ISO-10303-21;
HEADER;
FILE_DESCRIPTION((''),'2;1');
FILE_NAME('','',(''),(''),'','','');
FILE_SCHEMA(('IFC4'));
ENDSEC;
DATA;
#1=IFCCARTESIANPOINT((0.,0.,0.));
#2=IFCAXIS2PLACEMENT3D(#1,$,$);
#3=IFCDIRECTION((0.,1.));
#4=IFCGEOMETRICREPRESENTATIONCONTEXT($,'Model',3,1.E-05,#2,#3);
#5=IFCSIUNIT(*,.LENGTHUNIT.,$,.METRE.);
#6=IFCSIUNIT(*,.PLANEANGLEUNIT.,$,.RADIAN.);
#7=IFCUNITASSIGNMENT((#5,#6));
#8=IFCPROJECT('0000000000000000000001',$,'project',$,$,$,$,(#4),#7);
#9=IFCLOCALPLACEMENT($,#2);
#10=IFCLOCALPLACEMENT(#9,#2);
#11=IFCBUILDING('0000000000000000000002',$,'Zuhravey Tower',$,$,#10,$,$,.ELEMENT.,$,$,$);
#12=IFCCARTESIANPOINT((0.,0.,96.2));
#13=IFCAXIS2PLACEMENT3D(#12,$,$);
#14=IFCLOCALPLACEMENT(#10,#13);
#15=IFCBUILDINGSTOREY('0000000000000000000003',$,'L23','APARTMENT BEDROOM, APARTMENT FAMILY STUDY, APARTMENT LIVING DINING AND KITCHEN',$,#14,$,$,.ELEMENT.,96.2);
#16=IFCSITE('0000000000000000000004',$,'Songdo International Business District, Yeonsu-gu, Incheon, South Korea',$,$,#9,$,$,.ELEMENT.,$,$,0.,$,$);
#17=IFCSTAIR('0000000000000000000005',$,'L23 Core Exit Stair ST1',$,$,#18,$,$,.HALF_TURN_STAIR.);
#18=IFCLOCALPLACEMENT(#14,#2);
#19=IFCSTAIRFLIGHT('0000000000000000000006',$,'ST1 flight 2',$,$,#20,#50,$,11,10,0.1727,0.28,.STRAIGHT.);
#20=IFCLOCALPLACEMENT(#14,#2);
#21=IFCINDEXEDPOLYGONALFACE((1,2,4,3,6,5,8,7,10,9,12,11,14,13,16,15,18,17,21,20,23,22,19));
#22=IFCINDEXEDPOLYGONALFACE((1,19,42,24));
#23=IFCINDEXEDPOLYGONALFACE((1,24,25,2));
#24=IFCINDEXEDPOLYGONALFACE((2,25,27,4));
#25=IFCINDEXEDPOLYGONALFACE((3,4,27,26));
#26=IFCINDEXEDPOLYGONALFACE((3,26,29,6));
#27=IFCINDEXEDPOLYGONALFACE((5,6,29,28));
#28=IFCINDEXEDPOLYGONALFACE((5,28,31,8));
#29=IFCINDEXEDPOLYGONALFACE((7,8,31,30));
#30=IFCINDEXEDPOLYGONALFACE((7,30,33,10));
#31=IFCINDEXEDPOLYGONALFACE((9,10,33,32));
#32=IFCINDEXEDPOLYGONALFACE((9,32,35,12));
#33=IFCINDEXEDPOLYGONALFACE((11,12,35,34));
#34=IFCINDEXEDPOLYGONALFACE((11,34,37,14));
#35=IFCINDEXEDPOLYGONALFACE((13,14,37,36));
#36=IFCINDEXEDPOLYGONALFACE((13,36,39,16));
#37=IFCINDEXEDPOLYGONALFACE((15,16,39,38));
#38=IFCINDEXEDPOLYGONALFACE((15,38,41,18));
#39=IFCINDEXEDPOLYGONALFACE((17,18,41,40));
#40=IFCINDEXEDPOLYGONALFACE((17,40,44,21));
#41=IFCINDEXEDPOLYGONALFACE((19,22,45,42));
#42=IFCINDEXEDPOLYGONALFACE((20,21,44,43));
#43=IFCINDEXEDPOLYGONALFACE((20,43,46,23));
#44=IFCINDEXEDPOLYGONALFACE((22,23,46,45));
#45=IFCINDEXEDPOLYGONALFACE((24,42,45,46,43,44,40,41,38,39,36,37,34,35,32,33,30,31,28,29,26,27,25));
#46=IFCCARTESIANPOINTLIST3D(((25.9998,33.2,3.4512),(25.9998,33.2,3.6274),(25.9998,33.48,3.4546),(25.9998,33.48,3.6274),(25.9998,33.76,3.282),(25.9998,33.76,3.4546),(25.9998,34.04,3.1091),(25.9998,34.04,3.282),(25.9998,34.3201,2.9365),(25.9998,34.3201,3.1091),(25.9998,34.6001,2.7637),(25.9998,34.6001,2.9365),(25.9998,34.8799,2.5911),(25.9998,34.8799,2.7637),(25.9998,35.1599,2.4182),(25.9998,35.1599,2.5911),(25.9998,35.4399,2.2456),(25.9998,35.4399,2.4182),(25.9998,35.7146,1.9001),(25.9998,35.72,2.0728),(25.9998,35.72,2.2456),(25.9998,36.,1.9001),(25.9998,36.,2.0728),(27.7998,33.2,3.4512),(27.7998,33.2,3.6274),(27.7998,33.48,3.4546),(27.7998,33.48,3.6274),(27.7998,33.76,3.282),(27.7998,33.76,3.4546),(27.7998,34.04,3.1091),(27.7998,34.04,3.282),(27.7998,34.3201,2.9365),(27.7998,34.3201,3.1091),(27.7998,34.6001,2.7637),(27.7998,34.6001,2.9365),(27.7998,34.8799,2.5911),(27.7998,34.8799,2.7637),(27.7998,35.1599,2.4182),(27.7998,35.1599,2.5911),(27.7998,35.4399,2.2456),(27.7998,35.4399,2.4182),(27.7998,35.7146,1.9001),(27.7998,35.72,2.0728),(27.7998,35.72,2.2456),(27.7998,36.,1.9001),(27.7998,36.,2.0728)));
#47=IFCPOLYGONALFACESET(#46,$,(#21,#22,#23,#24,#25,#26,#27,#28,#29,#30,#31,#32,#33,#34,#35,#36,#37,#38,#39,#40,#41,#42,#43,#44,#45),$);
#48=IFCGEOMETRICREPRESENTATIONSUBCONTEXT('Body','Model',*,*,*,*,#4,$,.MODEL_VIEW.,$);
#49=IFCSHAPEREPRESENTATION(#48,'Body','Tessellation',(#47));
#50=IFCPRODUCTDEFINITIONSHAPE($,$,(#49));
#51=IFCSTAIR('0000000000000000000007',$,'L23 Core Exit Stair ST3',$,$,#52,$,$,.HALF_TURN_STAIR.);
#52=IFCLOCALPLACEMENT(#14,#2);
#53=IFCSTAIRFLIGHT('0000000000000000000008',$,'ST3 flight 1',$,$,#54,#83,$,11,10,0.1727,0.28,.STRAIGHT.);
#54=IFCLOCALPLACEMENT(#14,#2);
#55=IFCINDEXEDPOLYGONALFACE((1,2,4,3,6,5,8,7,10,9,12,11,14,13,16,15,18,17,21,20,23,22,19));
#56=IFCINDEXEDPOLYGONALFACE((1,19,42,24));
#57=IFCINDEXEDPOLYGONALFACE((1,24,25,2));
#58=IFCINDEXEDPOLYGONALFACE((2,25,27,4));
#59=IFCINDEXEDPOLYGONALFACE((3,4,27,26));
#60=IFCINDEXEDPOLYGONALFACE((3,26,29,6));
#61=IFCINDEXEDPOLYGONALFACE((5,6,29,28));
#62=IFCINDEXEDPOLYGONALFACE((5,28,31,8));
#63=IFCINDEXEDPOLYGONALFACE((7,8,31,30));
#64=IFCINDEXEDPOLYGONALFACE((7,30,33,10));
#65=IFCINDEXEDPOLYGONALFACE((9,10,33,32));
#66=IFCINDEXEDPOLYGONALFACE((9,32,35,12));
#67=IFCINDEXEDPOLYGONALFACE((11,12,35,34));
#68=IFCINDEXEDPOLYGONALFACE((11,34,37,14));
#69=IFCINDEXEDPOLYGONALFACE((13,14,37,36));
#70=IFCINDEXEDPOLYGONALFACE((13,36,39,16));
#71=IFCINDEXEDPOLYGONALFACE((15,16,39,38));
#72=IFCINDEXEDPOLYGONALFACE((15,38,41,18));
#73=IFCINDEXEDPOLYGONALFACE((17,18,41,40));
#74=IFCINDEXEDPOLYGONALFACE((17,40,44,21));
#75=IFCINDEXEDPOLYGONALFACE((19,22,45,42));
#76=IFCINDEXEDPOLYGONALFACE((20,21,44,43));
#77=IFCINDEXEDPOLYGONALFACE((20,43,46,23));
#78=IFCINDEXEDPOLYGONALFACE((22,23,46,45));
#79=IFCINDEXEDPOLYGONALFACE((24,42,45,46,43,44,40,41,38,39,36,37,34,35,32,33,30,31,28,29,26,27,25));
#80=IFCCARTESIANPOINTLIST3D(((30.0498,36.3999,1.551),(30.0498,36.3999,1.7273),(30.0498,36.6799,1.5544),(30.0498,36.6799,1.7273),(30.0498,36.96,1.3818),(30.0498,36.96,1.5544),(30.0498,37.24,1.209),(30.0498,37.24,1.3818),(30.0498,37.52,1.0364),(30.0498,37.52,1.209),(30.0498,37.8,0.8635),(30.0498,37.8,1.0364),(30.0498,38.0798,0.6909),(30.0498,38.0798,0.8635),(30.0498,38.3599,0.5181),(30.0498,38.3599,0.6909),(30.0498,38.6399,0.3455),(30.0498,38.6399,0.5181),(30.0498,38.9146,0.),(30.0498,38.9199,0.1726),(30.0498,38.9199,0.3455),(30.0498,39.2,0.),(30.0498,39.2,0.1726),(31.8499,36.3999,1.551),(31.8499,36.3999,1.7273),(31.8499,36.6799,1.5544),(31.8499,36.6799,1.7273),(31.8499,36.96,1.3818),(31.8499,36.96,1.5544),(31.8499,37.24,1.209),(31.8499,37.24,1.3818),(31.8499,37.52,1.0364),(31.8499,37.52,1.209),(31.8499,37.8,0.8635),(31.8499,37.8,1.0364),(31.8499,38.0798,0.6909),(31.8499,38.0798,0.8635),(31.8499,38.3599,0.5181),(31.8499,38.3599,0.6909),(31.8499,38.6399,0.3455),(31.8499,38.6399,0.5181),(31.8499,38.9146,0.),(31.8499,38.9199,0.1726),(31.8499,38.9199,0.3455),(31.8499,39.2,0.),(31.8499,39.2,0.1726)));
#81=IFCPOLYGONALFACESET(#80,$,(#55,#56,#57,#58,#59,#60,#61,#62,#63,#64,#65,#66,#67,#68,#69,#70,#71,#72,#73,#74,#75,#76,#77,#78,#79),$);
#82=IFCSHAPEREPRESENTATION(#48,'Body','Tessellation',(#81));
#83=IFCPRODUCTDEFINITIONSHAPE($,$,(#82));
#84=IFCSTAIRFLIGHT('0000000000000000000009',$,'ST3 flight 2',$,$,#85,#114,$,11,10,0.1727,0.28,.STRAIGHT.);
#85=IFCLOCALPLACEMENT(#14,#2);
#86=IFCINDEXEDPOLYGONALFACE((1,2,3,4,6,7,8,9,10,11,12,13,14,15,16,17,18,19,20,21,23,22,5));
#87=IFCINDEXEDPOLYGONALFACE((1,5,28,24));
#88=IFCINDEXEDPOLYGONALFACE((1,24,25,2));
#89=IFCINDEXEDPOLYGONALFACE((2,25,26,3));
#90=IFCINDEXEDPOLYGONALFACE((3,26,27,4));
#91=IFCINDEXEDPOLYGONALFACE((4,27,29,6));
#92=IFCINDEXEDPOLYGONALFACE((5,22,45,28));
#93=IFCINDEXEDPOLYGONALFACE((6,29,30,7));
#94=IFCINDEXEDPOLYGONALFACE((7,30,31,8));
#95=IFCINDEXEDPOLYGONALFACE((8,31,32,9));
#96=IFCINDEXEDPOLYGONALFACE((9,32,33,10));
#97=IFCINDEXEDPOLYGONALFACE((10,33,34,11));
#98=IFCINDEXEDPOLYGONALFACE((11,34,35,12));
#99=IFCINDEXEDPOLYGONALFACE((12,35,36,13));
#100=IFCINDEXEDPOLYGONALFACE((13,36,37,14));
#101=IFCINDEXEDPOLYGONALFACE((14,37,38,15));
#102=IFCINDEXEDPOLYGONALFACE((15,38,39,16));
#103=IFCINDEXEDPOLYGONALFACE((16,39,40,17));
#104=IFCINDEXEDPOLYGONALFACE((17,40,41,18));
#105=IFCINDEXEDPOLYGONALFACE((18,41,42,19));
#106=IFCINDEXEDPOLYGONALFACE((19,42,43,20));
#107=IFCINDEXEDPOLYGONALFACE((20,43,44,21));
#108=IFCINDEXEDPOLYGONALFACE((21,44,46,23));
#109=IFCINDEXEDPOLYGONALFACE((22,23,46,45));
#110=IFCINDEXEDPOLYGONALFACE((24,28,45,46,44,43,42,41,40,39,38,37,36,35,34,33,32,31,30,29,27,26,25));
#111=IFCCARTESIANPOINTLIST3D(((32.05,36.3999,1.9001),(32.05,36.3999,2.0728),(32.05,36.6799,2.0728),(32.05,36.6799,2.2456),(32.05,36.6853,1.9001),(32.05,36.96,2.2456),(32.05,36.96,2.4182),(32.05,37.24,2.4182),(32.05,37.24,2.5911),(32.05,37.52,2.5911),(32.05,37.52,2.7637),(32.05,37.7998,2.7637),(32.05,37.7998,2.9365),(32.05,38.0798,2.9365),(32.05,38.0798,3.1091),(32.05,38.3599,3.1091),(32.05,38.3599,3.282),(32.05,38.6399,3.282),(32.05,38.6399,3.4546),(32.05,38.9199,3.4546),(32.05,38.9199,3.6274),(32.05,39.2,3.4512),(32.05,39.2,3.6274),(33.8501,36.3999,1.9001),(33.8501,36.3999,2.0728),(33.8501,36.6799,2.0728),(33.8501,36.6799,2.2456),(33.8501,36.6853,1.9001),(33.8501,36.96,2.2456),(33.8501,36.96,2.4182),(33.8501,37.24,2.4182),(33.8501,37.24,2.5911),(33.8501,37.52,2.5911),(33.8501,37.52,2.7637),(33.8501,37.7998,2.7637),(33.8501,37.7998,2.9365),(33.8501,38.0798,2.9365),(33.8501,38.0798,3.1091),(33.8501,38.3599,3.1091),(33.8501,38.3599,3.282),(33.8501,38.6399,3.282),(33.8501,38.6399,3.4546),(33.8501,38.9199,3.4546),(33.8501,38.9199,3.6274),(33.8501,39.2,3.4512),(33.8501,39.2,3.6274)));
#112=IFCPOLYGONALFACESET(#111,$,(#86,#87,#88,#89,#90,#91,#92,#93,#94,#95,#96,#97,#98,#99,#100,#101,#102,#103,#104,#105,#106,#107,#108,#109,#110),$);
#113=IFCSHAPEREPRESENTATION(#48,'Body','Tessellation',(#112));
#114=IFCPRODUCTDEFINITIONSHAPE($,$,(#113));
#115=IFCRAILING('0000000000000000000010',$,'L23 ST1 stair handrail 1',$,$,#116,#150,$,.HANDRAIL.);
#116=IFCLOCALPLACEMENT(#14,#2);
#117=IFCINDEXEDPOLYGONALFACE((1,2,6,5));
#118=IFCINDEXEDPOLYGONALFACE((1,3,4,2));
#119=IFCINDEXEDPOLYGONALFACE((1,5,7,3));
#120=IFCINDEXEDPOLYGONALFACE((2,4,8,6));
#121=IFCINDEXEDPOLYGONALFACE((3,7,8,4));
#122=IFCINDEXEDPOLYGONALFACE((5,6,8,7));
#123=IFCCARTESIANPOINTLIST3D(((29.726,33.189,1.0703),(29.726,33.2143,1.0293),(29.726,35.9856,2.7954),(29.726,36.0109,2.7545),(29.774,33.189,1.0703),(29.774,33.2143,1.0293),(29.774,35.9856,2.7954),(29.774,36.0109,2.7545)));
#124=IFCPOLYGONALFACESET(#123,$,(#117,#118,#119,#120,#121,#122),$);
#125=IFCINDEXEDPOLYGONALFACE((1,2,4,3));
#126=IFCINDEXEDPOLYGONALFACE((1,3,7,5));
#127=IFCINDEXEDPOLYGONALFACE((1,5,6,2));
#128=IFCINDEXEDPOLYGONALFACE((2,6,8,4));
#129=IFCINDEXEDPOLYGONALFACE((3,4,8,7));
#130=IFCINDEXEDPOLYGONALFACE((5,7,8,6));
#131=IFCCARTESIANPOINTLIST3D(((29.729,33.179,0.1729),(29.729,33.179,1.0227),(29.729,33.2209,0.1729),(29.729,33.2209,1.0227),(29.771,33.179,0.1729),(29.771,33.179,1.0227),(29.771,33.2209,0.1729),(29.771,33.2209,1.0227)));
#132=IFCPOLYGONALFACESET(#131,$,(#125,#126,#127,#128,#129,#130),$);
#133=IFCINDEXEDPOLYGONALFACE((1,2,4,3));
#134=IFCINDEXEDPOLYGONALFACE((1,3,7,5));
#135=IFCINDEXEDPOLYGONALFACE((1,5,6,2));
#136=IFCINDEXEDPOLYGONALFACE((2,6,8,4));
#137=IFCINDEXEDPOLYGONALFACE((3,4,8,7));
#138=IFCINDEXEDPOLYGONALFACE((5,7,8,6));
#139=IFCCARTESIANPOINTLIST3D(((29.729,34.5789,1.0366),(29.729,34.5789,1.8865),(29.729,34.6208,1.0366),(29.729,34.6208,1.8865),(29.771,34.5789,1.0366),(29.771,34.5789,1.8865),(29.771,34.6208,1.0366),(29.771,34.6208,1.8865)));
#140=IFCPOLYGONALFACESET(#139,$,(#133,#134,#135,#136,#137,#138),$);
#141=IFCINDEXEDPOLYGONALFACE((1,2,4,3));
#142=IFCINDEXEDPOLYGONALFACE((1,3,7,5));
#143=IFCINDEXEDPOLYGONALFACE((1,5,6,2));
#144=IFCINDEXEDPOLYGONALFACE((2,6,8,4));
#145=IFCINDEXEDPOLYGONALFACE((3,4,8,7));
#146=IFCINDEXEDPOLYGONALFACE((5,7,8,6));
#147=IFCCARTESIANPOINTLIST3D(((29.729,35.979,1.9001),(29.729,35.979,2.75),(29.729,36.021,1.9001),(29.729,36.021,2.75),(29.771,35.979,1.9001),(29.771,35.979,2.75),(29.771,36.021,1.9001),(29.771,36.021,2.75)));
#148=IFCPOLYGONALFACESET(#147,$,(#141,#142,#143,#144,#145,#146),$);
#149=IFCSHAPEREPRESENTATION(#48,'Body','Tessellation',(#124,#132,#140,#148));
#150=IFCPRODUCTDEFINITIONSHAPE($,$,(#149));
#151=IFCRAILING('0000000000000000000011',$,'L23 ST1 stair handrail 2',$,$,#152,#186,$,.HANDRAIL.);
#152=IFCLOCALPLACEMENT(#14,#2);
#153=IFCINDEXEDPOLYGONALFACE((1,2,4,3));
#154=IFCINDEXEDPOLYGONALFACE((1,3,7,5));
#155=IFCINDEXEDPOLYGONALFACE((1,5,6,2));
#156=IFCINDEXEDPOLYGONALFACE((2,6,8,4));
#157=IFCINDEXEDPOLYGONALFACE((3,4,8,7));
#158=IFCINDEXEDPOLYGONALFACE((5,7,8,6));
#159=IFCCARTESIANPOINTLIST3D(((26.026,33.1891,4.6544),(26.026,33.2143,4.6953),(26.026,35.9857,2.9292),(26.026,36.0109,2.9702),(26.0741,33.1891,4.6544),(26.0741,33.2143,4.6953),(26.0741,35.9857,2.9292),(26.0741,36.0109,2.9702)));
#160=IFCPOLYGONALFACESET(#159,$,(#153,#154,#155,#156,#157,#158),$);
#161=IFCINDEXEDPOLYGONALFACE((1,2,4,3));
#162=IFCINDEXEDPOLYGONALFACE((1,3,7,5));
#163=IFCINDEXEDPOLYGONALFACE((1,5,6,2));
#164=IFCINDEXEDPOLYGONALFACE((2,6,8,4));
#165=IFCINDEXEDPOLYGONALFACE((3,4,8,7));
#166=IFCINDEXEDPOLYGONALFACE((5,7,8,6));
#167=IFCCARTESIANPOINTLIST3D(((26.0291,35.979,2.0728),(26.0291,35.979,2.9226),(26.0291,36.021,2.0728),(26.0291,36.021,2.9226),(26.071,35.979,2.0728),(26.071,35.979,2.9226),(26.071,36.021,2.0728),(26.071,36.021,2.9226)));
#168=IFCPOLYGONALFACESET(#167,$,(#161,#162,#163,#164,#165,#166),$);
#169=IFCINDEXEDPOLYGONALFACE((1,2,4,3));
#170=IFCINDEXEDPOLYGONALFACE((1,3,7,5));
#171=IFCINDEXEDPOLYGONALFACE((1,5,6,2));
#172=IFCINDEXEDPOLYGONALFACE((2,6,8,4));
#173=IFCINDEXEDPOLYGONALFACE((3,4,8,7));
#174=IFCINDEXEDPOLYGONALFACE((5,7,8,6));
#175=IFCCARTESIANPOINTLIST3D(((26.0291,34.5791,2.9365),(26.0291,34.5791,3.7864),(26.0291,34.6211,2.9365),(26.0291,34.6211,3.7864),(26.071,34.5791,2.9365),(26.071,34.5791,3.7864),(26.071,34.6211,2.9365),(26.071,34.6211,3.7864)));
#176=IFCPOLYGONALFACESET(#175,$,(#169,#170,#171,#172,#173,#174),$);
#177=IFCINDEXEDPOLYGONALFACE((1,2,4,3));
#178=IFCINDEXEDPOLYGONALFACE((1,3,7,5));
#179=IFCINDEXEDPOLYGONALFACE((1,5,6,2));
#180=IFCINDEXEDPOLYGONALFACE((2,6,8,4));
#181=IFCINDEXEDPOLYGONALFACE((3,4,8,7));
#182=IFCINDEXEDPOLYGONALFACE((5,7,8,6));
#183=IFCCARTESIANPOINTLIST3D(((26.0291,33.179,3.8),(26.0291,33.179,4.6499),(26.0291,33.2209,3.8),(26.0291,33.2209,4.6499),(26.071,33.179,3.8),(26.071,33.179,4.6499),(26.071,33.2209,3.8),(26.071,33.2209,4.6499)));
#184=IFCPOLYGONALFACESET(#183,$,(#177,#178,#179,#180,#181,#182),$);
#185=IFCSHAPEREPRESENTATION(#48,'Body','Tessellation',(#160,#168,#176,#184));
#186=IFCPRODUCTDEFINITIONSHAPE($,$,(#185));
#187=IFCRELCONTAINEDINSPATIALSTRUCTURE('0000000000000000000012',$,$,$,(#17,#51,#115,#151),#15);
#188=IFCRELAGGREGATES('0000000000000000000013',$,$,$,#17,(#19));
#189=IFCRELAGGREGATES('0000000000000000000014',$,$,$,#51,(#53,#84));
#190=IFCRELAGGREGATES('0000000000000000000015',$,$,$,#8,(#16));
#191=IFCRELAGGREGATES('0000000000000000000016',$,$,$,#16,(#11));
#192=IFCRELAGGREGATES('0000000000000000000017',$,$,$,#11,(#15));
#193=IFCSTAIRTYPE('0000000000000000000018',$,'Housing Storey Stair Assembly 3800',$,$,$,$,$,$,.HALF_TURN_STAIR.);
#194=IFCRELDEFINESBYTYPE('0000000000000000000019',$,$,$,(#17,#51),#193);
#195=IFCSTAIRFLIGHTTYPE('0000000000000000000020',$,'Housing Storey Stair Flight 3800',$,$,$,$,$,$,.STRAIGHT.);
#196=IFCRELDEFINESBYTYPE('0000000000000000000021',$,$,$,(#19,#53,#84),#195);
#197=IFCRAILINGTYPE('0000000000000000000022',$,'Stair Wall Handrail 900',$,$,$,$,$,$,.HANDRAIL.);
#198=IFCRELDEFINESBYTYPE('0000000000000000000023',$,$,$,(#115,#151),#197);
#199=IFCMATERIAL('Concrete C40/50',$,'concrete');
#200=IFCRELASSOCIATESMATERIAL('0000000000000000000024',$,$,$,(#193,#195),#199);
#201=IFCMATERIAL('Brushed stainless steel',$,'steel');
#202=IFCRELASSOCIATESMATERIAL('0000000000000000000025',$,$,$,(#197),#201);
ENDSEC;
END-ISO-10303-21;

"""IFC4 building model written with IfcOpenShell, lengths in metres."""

from ifc_helpers import new_model, si_unit, direction, frame, origin, origin_2d, place, context, subcontext, project, spatial, polyline, rectangle, outline, extrude, material, type_object, element, aggregate, save


model = new_model("IFC4")

# Units and contexts
model_context = context("Model", 3, precision=1e-05, world=origin(), true_north=direction((0.0, 1.0)))
body_context = subcontext(model_context, "Body", "Model", "MODEL_VIEW")
ifc_project = project(units=[si_unit("LENGTHUNIT", "METRE"), si_unit("PLANEANGLEUNIT", "RADIAN")], contexts=[model_context])

# Site, building, storey
site_placement = place(None, origin())
site = spatial("IfcSite", under=ifc_project, at=site_placement, Name="Songdo International Business District, Yeonsu-gu, Incheon, South Korea", CompositionType="ELEMENT", RefElevation=0.0)
building_placement = place(site_placement, origin())
building = spatial("IfcBuilding", under=site, at=building_placement, Name="Zuhravey Tower", CompositionType="ELEMENT")
storey_placement = place(building_placement, frame((0.0, 0.0, 96.2)))
storey = spatial("IfcBuildingStorey", under=building, at=storey_placement, Name="L23", Description="APARTMENT BEDROOM, APARTMENT FAMILY STUDY, APARTMENT LIVING DINING AND KITCHEN", CompositionType="ELEMENT", Elevation=96.2)

# Stairs, stair flights
ifc_material_1 = material(Name="Concrete C40/50", Category="concrete")
stair_type = type_object("IfcStairType", Name="Housing Storey Stair Assembly 3800", PredefinedType="HALF_TURN_STAIR", material=ifc_material_1)
stair_1_placement = place(storey_placement, origin())
stair_1 = element("IfcStair", 1, at=stair_1_placement, inside=storey, type_object=stair_type, Name="L23 Core Exit Stair ST1", PredefinedType="HALF_TURN_STAIR")
stair_flight_type = type_object("IfcStairFlightType", Name="Housing Storey Stair Flight 3800", PredefinedType="STRAIGHT", material=ifc_material_1)
stair_flight_1_placement = place(storey_placement, frame((26.8999, 36.0, 1.9001), z_axis=(0.0, 0.0, 1.0), x_axis=(0.0, -1.0, 0.0)))
stair_flight_1 = element("IfcStairFlight", 2, at=stair_flight_1_placement, type_object=stair_flight_type, Name="ST1 flight 2", NumberOfRisers=11, NumberOfTreads=10, PredefinedType="STRAIGHT", RiserHeight=0.1727, TreadLength=0.28, context=body_context, shape_type="SweptSolid", body=[
    extrude(outline(polyline([(0.0, 0.0), (0.0, 0.1726), (0.28, 0.1726), (0.28, 0.3455), (0.5601, 0.3455), (0.5601, 0.5181), (0.8401, 0.5181), (0.8401, 0.6909), (1.1201, 0.6909), (1.1201, 0.8635), (1.3999, 0.8635), (1.3999, 1.0364), (1.6799, 1.0364), (1.6799, 1.209), (1.96, 1.209), (1.96, 1.3818), (2.24, 1.3818), (2.24, 1.5544), (2.52, 1.5544), (2.52, 1.7273), (2.8, 1.7273), (2.8, 1.8999), (2.8, 1.551), (0.2854, 0.0), (0.0, 0.0)])), frame((0.0, 0.8999, 0.0), z_axis=(0.0, -1.0, 0.0), x_axis=(1.0, 0.0, 0.0)), (0.0, 0.0, 1.0), 1.8),
])
aggregate(stair_1, [stair_flight_1])
stair_2_placement = place(storey_placement, origin())
stair_2 = element("IfcStair", 3, at=stair_2_placement, inside=storey, type_object=stair_type, Name="L23 Core Exit Stair ST3", PredefinedType="HALF_TURN_STAIR")
stair_flight_2_placement = place(storey_placement, frame((30.95, 39.2, 0.0), z_axis=(0.0, 0.0, 1.0), x_axis=(0.0, -1.0, 0.0)))
stair_flight_2 = element("IfcStairFlight", 4, at=stair_flight_2_placement, type_object=stair_flight_type, Name="ST3 flight 1", NumberOfRisers=11, NumberOfTreads=10, PredefinedType="STRAIGHT", RiserHeight=0.1727, TreadLength=0.28, context=body_context, shape_type="SweptSolid", body=[
    extrude(outline(polyline([(0.0, 0.0), (0.0, 0.1726), (0.28, 0.1726), (0.28, 0.3455), (0.5601, 0.3455), (0.5601, 0.5181), (0.8401, 0.5181), (0.8401, 0.6909), (1.1201, 0.6909), (1.1201, 0.8635), (1.3999, 0.8635), (1.3999, 1.0364), (1.6799, 1.0364), (1.6799, 1.209), (1.96, 1.209), (1.96, 1.3818), (2.24, 1.3818), (2.24, 1.5544), (2.52, 1.5544), (2.52, 1.7273), (2.8, 1.7273), (2.8, 1.8999), (2.8, 1.551), (0.2854, 0.0), (0.0, 0.0)])), frame((0.0, 0.8999, 0.0), z_axis=(0.0, -1.0, 0.0), x_axis=(1.0, 0.0, 0.0)), (0.0, 0.0, 1.0), 1.8),
])
stair_flight_3_placement = place(storey_placement, frame((32.95, 36.3999, 1.9001), z_axis=(0.0, 0.0, 1.0), x_axis=(0.0, 1.0, 0.0)))
stair_flight_3 = element("IfcStairFlight", 5, at=stair_flight_3_placement, type_object=stair_flight_type, Name="ST3 flight 2", NumberOfRisers=11, NumberOfTreads=10, PredefinedType="STRAIGHT", RiserHeight=0.1727, TreadLength=0.28, context=body_context, shape_type="SweptSolid", body=[
    extrude(outline(polyline([(0.0, 0.0), (0.0, 0.1726), (0.28, 0.1726), (0.28, 0.3455), (0.5601, 0.3455), (0.5601, 0.5181), (0.8401, 0.5181), (0.8401, 0.6909), (1.1201, 0.6909), (1.1201, 0.8635), (1.3999, 0.8635), (1.3999, 1.0364), (1.6799, 1.0364), (1.6799, 1.209), (1.96, 1.209), (1.96, 1.3818), (2.24, 1.3818), (2.24, 1.5544), (2.52, 1.5544), (2.52, 1.7273), (2.8, 1.7273), (2.8, 1.8999), (2.8, 1.551), (0.2854, 0.0), (0.0, 0.0)])), frame((0.0, 0.8999, 0.0), z_axis=(0.0, -1.0, 0.0), x_axis=(1.0, 0.0, 0.0)), (0.0, 0.0, 1.0), 1.8),
])
aggregate(stair_2, [stair_flight_2, stair_flight_3])

# Railings
ifc_material_2 = material(Name="Brushed stainless steel", Category="steel")
railing_type_1 = type_object("IfcRailingType", Name="Stair Wall Handrail 900", PredefinedType="HANDRAIL", material=ifc_material_2)
railing_1_placement = place(storey_placement, frame((29.75, 33.2, 0.1729)))
element("IfcRailing", 6, at=railing_1_placement, inside=storey, type_object=railing_type_1, Name="L23 ST1 stair handrail 1", PredefinedType="HANDRAIL", context=body_context, shape_type="SweptSolid", body=[
    extrude(rectangle(XDim=0.0481, YDim=0.0481, at=origin_2d()), frame((0.0, 0.0017, 0.877), z_axis=(0.0, 0.85109, 0.52502), x_axis=(-1.0, 0.0, 0.0)), (0.0, 0.0, 1.0), 3.2859),
    extrude(rectangle(XDim=0.042, YDim=0.042, at=origin_2d()), origin(), (0.0, 0.0, 1.0), 0.8499),
    extrude(rectangle(XDim=0.042, YDim=0.042, at=origin_2d()), frame((0.0, 1.3999, 0.8638)), (0.0, 0.0, 1.0), 0.8499),
    extrude(rectangle(XDim=0.042, YDim=0.042, at=origin_2d()), frame((0.0, 2.8, 1.7273)), (0.0, 0.0, 1.0), 0.8499),
])
for number, where, name in (
    (7, (26.05, 36.0, 2.0728), "L23 ST1 stair handrail 2"),
):
    element("IfcRailing", number, at=place(storey_placement, frame(where)), inside=storey, type_object=railing_type_1, Name=name, PredefinedType="HANDRAIL", context=body_context, shape_type="SweptSolid", body=[
        extrude(rectangle(XDim=0.0481, YDim=0.0481, at=origin_2d()), frame((0.0, -0.0017, 0.877), z_axis=(0.0, -0.85109, 0.52502), x_axis=(1.0, 0.0, 0.0)), (0.0, 0.0, 1.0), 3.2859),
        extrude(rectangle(XDim=0.042, YDim=0.042, at=origin_2d()), origin(), (0.0, 0.0, 1.0), 0.8499),
        extrude(rectangle(XDim=0.042, YDim=0.042, at=origin_2d()), frame((0.0, -1.3999, 0.8638)), (0.0, 0.0, 1.0), 0.8499),
        extrude(rectangle(XDim=0.042, YDim=0.042, at=origin_2d()), frame((0.0, -2.8, 1.7273)), (0.0, 0.0, 1.0), 0.8499),
    ])

save(model, "model.ifc")
